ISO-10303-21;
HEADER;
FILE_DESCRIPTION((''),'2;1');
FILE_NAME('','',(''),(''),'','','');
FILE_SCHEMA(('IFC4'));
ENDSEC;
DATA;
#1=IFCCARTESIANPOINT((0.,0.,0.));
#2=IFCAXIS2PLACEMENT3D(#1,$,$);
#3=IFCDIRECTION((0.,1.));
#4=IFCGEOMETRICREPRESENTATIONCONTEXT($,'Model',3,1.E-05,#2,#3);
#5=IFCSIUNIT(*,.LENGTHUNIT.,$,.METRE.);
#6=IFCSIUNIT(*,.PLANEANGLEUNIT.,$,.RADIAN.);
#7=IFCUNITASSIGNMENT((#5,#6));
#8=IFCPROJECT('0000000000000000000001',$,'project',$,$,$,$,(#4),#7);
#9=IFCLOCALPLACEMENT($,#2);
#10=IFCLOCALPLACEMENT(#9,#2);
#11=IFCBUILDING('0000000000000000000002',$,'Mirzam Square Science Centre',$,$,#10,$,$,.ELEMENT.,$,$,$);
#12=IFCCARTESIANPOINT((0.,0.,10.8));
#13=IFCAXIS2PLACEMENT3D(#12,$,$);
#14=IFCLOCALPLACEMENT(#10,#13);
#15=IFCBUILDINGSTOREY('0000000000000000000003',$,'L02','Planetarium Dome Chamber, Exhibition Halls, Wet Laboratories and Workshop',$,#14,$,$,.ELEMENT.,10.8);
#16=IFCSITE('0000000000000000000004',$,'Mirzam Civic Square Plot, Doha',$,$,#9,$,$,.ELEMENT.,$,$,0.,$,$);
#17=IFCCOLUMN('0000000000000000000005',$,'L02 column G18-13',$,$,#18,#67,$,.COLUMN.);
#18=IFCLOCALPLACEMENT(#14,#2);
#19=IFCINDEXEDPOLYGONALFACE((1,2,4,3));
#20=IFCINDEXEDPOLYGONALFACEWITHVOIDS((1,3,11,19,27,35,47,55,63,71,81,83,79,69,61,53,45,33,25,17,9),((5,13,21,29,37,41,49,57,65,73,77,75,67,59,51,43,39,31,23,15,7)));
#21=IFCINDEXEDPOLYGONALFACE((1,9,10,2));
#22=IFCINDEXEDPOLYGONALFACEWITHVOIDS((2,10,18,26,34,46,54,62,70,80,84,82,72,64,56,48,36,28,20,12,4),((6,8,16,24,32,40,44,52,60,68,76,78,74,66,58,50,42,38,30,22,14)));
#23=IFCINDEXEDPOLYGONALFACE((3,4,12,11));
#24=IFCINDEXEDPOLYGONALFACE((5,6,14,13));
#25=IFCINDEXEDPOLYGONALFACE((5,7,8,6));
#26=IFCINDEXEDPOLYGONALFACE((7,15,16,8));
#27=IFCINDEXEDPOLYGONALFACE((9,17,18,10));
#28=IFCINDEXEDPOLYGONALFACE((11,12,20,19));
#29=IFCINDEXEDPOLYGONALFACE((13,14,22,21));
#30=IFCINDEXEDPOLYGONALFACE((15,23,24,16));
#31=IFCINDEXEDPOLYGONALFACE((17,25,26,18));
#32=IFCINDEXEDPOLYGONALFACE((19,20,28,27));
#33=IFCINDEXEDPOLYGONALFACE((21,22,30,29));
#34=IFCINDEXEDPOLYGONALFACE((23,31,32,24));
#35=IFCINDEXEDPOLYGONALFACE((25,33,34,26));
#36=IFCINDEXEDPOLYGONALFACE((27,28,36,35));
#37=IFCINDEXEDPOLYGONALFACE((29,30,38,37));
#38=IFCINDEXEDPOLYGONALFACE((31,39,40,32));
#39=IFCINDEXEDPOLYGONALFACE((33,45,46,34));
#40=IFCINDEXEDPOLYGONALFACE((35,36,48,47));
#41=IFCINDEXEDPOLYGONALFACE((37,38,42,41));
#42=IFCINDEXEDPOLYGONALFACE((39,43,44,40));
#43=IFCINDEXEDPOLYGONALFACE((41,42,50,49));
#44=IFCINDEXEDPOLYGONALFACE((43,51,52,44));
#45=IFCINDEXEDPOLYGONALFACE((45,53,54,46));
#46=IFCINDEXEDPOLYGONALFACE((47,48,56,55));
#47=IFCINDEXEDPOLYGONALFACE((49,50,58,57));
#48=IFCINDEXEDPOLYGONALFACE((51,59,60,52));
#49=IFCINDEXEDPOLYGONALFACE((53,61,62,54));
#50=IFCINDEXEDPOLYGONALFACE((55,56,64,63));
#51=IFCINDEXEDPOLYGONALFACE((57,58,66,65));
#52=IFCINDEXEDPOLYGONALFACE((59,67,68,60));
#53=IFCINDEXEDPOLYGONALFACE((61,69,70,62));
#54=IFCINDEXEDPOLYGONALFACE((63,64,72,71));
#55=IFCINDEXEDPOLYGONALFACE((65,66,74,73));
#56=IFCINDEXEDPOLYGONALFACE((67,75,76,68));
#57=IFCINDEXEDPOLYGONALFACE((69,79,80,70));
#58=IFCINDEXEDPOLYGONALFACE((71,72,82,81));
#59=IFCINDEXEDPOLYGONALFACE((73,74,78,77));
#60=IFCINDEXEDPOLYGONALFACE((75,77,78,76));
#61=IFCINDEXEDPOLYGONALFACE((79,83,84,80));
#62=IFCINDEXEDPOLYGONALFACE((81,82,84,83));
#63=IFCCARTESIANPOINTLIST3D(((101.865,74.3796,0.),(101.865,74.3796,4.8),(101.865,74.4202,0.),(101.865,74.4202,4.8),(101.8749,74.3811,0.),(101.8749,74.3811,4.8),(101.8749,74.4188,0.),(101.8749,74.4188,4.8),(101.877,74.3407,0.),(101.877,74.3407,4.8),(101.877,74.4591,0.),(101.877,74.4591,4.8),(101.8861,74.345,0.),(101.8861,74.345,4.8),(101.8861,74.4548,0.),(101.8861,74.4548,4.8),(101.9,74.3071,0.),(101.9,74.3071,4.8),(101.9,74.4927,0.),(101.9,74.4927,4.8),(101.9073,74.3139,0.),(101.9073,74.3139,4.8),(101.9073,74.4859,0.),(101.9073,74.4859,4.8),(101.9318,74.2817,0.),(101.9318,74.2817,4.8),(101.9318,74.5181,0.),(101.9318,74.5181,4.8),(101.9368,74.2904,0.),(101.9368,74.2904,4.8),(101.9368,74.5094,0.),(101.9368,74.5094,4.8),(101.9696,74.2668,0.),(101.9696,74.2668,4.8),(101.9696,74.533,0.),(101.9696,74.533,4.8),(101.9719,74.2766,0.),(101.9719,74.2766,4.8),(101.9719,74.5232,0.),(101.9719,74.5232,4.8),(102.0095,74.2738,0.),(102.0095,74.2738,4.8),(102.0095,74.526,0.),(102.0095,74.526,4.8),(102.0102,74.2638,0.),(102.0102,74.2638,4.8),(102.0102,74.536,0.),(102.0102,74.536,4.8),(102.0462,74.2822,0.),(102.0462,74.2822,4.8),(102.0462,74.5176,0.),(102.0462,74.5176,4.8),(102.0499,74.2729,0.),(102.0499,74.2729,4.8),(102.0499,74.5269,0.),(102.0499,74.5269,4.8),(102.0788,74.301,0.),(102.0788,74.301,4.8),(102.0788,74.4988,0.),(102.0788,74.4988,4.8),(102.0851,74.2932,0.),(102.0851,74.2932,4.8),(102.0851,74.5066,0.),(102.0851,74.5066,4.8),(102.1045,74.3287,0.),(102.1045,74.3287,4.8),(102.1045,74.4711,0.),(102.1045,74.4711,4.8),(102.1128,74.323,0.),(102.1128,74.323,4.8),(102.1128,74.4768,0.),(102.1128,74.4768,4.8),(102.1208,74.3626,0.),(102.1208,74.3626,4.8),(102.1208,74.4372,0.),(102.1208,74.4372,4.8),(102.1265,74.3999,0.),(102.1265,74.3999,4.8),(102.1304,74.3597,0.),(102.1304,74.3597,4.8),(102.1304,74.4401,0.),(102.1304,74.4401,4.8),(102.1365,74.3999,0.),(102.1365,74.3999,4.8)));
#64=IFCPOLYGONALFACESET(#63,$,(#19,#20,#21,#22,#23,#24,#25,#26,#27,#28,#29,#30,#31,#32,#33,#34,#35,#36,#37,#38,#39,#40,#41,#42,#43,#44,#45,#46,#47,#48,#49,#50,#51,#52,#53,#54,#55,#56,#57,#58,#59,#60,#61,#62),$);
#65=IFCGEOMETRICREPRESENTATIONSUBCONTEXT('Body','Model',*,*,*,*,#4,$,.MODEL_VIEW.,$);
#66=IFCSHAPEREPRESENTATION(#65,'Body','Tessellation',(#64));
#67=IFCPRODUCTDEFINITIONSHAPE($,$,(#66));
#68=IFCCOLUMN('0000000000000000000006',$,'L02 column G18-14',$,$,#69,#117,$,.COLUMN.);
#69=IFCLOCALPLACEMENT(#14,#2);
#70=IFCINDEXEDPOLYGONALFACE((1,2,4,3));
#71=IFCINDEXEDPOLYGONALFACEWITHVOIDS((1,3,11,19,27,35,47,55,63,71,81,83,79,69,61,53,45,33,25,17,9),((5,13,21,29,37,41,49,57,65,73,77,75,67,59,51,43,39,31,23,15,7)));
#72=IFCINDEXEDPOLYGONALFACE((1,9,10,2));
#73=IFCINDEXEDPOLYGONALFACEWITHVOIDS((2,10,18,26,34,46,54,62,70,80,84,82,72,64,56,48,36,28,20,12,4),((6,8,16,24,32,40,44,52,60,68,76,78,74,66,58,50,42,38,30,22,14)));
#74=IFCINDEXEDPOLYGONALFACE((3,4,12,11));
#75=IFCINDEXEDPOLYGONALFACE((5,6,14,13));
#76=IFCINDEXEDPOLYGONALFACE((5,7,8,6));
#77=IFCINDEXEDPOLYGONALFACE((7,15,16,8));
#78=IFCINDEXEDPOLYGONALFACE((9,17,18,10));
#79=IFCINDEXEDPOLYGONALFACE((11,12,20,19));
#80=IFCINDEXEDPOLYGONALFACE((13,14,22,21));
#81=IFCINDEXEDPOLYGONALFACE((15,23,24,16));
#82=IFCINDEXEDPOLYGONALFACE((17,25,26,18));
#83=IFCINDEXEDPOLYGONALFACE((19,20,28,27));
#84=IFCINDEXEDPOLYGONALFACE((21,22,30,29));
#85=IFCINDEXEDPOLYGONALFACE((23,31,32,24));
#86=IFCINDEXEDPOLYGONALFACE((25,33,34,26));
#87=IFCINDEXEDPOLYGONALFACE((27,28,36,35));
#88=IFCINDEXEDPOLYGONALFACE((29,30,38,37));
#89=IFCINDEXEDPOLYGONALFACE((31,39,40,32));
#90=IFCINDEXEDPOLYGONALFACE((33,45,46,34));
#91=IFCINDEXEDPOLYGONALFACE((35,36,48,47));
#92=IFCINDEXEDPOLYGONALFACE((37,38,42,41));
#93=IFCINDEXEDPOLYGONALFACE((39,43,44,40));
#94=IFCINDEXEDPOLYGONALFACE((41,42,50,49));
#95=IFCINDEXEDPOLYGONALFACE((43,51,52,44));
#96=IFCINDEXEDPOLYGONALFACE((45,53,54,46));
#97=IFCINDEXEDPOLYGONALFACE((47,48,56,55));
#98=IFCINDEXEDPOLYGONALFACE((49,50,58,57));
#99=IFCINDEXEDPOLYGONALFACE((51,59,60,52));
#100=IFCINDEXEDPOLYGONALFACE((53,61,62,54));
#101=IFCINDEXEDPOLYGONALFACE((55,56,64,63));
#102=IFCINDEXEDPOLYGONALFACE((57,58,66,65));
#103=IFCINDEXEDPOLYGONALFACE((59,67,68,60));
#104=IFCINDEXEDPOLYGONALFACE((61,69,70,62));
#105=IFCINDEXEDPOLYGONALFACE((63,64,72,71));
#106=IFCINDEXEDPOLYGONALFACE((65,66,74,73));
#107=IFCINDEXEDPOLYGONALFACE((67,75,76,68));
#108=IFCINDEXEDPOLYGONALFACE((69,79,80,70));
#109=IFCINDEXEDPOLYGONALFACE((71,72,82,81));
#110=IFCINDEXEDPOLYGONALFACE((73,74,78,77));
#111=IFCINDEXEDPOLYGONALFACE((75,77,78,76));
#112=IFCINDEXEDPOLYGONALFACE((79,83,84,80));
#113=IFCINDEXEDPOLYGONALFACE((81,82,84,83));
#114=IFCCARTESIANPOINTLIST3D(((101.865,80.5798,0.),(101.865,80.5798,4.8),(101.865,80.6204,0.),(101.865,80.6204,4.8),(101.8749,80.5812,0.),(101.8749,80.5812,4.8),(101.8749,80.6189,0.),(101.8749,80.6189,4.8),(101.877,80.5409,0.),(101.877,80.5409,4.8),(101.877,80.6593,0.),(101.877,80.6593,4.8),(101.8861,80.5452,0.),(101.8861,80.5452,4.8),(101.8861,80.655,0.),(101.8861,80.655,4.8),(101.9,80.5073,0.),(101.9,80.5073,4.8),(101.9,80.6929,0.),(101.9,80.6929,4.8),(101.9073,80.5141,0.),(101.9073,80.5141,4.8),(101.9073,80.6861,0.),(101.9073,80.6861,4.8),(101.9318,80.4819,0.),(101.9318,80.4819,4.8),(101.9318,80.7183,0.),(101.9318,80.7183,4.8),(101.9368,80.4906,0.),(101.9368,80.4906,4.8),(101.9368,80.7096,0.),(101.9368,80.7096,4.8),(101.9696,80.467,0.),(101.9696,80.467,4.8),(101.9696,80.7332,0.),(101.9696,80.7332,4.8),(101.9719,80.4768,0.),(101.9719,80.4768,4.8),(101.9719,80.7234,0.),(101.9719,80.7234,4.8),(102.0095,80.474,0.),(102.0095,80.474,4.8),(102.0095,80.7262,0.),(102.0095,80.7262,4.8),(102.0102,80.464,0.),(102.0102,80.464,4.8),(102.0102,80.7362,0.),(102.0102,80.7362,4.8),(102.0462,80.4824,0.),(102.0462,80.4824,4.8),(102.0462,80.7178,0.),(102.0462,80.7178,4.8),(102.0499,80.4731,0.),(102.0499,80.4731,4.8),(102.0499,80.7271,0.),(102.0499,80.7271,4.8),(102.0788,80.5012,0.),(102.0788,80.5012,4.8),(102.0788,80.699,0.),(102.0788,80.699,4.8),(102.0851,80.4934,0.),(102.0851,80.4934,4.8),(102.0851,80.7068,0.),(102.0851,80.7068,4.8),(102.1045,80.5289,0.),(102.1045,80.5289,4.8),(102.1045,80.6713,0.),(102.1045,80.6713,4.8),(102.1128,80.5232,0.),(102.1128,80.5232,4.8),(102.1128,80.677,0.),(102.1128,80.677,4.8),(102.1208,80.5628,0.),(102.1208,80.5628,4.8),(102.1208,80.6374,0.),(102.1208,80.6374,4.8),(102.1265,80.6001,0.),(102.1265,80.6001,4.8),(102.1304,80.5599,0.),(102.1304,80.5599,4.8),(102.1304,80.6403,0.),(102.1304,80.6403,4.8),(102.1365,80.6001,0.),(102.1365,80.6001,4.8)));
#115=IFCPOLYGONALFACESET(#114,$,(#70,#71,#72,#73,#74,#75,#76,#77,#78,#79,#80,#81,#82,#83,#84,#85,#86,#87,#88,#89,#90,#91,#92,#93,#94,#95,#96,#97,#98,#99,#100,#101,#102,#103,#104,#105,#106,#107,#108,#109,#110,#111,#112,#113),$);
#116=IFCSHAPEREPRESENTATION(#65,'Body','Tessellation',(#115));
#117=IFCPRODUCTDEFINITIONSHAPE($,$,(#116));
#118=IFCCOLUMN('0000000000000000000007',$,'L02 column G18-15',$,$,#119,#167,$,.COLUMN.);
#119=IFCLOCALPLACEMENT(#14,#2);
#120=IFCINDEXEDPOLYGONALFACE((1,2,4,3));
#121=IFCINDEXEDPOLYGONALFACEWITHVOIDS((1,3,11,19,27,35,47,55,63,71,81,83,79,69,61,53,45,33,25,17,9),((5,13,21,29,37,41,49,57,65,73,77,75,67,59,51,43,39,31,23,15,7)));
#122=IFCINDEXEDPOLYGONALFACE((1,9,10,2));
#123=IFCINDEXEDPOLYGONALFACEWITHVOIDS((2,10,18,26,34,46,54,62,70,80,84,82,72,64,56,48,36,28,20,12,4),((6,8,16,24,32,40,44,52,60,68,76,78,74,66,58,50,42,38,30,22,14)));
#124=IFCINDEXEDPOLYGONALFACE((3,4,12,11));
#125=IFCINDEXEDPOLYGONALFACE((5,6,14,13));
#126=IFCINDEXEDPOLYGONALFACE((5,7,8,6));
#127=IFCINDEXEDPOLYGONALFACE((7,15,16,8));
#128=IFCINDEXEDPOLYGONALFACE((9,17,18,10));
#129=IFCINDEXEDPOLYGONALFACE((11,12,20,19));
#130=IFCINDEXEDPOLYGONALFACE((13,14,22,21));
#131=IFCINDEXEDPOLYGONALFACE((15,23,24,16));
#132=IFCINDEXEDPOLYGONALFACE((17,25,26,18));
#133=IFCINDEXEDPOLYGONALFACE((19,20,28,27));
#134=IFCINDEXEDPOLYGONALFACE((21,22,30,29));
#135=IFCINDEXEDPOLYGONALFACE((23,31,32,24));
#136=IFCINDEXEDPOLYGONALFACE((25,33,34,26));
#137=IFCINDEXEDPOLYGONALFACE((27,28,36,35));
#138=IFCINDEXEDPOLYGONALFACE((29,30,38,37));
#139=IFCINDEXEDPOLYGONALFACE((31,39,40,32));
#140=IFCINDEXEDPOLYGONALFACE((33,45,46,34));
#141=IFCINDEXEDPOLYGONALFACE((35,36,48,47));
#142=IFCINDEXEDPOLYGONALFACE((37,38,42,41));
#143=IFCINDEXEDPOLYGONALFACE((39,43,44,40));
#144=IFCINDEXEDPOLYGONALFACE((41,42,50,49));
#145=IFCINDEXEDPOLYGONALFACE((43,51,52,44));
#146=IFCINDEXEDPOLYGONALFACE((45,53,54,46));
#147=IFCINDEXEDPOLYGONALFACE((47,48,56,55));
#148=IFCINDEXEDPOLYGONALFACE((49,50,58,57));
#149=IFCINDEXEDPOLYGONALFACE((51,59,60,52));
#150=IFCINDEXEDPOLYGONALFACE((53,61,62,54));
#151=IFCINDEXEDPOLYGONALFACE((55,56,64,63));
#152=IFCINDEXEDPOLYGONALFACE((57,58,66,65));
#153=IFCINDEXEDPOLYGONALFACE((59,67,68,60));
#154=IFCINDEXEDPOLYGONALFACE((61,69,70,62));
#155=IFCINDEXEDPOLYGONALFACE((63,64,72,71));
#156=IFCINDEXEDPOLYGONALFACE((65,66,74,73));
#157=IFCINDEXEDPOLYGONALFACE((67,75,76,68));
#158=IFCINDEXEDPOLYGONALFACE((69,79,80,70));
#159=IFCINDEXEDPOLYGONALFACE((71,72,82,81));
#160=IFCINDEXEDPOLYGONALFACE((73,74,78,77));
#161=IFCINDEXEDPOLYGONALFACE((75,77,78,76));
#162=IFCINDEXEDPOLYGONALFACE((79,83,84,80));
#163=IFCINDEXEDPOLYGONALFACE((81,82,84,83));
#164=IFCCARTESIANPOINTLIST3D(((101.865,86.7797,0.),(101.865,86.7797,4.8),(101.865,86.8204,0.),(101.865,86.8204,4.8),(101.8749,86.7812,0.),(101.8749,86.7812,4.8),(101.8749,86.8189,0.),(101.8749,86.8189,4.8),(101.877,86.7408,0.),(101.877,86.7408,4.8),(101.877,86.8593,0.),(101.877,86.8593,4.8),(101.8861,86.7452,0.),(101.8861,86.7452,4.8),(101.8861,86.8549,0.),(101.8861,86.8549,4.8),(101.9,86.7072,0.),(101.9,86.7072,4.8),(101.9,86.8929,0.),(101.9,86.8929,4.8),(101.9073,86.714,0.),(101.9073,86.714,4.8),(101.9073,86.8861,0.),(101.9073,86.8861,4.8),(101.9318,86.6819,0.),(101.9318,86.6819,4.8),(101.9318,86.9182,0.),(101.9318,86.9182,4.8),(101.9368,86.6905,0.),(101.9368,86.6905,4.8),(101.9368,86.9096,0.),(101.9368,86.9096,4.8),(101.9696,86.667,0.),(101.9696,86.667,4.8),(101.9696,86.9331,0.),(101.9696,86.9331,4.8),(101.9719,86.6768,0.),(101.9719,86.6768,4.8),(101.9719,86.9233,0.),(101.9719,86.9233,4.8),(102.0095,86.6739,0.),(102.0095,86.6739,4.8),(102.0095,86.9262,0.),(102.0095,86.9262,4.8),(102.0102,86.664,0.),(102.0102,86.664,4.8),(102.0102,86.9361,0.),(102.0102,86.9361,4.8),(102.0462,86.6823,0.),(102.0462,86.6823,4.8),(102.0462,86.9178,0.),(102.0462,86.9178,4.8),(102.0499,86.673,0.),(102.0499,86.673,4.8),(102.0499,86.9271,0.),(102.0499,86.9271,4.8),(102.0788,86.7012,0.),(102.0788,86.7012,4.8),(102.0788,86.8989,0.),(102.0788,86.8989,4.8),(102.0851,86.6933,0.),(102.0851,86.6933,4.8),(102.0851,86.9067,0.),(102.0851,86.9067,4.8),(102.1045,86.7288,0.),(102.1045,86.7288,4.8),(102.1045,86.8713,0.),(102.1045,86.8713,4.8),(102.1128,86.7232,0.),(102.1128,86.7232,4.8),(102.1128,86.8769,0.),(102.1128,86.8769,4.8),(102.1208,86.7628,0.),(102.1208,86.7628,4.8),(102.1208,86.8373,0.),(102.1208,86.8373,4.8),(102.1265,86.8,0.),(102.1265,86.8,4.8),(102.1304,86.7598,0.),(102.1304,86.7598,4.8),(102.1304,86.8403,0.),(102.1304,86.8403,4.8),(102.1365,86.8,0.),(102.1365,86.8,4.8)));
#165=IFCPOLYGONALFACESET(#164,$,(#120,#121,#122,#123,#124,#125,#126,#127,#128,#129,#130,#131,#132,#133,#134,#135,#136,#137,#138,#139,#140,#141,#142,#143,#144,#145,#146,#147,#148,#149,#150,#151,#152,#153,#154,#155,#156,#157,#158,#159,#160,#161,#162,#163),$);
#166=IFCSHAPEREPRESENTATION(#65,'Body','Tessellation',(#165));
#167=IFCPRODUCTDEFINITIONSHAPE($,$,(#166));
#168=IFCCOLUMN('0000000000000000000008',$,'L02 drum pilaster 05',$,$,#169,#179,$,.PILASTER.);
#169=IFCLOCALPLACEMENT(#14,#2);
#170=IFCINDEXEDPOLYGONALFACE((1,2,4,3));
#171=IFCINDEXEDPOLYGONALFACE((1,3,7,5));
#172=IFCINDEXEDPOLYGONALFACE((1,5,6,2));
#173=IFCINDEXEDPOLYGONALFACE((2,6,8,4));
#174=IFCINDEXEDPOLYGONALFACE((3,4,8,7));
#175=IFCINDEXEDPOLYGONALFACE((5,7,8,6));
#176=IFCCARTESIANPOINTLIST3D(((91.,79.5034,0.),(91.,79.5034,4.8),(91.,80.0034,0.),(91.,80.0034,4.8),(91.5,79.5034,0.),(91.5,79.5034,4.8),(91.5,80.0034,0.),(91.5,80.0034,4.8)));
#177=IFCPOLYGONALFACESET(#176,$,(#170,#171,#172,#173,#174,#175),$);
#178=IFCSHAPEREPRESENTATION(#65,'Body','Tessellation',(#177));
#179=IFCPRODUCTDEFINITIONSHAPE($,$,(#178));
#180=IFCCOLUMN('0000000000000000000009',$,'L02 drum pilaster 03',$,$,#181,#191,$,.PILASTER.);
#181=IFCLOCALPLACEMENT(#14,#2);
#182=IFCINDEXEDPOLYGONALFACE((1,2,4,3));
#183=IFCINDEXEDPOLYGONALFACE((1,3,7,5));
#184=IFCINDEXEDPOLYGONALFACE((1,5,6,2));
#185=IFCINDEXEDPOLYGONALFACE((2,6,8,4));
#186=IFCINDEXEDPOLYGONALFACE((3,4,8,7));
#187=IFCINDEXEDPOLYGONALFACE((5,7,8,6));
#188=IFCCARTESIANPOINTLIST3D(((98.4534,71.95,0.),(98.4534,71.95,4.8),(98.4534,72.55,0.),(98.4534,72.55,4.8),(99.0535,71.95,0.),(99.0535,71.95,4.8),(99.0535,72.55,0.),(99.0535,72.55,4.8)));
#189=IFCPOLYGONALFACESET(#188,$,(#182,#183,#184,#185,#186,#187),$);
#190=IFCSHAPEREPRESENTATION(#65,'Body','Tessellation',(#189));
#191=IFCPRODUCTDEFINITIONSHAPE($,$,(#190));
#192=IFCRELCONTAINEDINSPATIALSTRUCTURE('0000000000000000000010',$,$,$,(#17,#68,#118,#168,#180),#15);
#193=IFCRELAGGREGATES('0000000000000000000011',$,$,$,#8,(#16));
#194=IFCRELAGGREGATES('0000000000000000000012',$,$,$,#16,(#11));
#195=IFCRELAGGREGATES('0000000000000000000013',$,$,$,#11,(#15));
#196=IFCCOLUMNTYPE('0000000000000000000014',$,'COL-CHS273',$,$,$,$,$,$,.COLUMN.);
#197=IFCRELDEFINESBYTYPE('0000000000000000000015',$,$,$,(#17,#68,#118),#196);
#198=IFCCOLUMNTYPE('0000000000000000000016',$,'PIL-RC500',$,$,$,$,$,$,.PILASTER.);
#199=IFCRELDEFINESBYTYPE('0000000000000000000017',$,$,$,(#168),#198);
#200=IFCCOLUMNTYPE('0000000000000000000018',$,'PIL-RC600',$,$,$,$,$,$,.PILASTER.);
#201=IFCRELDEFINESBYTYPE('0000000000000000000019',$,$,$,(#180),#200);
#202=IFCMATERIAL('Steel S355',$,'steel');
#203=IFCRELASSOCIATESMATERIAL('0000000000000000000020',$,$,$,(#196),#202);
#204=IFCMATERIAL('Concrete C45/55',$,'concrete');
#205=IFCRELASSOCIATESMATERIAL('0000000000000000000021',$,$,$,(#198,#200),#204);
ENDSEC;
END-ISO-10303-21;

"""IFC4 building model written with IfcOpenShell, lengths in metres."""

from ifc_helpers import new_model, si_unit, direction, frame, origin, origin_2d, place, context, subcontext, project, spatial, rectangle, hollow_circle, extrude, material, material_profile, profile_set, type_object, element, save


model = new_model("IFC4")

# Units and contexts
model_context = context("Model", 3, precision=1e-05, world=origin(), true_north=direction((0.0, 1.0)))
body_context = subcontext(model_context, "Body", "Model", "MODEL_VIEW")
ifc_project = project(units=[si_unit("LENGTHUNIT", "METRE"), si_unit("PLANEANGLEUNIT", "RADIAN")], contexts=[model_context])

# Site, building, storey
site_placement = place(None, origin())
site = spatial("IfcSite", under=ifc_project, at=site_placement, Name="Mirzam Civic Square Plot, Doha", CompositionType="ELEMENT", RefElevation=0.0)
building_placement = place(site_placement, origin())
building = spatial("IfcBuilding", under=site, at=building_placement, Name="Mirzam Square Science Centre", CompositionType="ELEMENT")
storey_placement = place(building_placement, frame((0.0, 0.0, 10.8)))
storey = spatial("IfcBuildingStorey", under=building, at=storey_placement, Name="L02", Description="Planetarium Dome Chamber, Exhibition Halls, Wet Laboratories and Workshop", CompositionType="ELEMENT", Elevation=10.8)

# Columns
ifc_material_1 = material(Name="Steel S355", Category="steel")
ifc_material_profile_1 = material_profile(ifc_material_1, hollow_circle(Radius=0.1365, WallThickness=0.01, at=origin_2d()), Name="273.0x10.0CHS")
ifc_profile_set_1 = profile_set([ifc_material_profile_1], Name="Steel S355")
column_type_1 = type_object("IfcColumnType", Name="COL-CHS273", PredefinedType="COLUMN", material=ifc_profile_set_1)
for number, where, z_axis, x_axis, name in (
    (1, (102.0, 74.3999, 0.0), (0.0, 0.0, 1.0), (1.0, 0.0, 0.0), "L02 column G18-13"),
    (2, (102.0, 80.6001, 0.0), (0.0, 0.0, 1.0), (1.0, 0.0, 0.0), "L02 column G18-14"),
    (3, (102.0, 86.8, 0.0), (0.0, 0.0, 1.0), (1.0, 0.0, 0.0), "L02 column G18-15"),
):
    element("IfcColumn", number, at=place(storey_placement, frame(where, z_axis=z_axis, x_axis=x_axis)), inside=storey, type_object=column_type_1, Name=name, PredefinedType="COLUMN", context=body_context, shape_type="SweptSolid", body=[
        extrude(hollow_circle(Radius=0.1365, WallThickness=0.01, at=origin_2d()), origin(), (0.0, 0.0, 1.0), 4.8),
    ])
ifc_material_2 = material(Name="Concrete C45/55", Category="concrete")
ifc_material_profile_2 = material_profile(ifc_material_2, rectangle(XDim=0.5, YDim=0.5, at=origin_2d()), Name="RC500x500")
ifc_profile_set_2 = profile_set([ifc_material_profile_2], Name="Concrete C45/55")
column_type_2 = type_object("IfcColumnType", Name="PIL-RC500", PredefinedType="PILASTER", material=ifc_profile_set_2)
column_1_placement = place(storey_placement, frame((91.25, 79.7534, 0.0), z_axis=(0.0, 0.0, 1.0), x_axis=(1.0, 0.0, 0.0)))
element("IfcColumn", 4, at=column_1_placement, inside=storey, type_object=column_type_2, Name="L02 drum pilaster 05", PredefinedType="PILASTER", context=body_context, shape_type="SweptSolid", body=[
    extrude(rectangle(XDim=0.5, YDim=0.5, at=origin_2d()), origin(), (0.0, 0.0, 1.0), 4.8),
])
ifc_material_profile_3 = material_profile(ifc_material_2, rectangle(XDim=0.6001, YDim=0.6001, at=origin_2d()), Name="RC600x600")
ifc_profile_set_3 = profile_set([ifc_material_profile_3], Name="Concrete C45/55")
column_type_3 = type_object("IfcColumnType", Name="PIL-RC600", PredefinedType="PILASTER", material=ifc_profile_set_3)
column_2_placement = place(storey_placement, frame((98.7534, 72.25, 0.0), z_axis=(0.0, 0.0, 1.0), x_axis=(1.0, 0.0, 0.0)))
element("IfcColumn", 5, at=column_2_placement, inside=storey, type_object=column_type_3, Name="L02 drum pilaster 03", PredefinedType="PILASTER", context=body_context, shape_type="SweptSolid", body=[
    extrude(rectangle(XDim=0.6001, YDim=0.6001, at=origin_2d()), origin(), (0.0, 0.0, 1.0), 4.8),
])

save(model, "model.ifc")
